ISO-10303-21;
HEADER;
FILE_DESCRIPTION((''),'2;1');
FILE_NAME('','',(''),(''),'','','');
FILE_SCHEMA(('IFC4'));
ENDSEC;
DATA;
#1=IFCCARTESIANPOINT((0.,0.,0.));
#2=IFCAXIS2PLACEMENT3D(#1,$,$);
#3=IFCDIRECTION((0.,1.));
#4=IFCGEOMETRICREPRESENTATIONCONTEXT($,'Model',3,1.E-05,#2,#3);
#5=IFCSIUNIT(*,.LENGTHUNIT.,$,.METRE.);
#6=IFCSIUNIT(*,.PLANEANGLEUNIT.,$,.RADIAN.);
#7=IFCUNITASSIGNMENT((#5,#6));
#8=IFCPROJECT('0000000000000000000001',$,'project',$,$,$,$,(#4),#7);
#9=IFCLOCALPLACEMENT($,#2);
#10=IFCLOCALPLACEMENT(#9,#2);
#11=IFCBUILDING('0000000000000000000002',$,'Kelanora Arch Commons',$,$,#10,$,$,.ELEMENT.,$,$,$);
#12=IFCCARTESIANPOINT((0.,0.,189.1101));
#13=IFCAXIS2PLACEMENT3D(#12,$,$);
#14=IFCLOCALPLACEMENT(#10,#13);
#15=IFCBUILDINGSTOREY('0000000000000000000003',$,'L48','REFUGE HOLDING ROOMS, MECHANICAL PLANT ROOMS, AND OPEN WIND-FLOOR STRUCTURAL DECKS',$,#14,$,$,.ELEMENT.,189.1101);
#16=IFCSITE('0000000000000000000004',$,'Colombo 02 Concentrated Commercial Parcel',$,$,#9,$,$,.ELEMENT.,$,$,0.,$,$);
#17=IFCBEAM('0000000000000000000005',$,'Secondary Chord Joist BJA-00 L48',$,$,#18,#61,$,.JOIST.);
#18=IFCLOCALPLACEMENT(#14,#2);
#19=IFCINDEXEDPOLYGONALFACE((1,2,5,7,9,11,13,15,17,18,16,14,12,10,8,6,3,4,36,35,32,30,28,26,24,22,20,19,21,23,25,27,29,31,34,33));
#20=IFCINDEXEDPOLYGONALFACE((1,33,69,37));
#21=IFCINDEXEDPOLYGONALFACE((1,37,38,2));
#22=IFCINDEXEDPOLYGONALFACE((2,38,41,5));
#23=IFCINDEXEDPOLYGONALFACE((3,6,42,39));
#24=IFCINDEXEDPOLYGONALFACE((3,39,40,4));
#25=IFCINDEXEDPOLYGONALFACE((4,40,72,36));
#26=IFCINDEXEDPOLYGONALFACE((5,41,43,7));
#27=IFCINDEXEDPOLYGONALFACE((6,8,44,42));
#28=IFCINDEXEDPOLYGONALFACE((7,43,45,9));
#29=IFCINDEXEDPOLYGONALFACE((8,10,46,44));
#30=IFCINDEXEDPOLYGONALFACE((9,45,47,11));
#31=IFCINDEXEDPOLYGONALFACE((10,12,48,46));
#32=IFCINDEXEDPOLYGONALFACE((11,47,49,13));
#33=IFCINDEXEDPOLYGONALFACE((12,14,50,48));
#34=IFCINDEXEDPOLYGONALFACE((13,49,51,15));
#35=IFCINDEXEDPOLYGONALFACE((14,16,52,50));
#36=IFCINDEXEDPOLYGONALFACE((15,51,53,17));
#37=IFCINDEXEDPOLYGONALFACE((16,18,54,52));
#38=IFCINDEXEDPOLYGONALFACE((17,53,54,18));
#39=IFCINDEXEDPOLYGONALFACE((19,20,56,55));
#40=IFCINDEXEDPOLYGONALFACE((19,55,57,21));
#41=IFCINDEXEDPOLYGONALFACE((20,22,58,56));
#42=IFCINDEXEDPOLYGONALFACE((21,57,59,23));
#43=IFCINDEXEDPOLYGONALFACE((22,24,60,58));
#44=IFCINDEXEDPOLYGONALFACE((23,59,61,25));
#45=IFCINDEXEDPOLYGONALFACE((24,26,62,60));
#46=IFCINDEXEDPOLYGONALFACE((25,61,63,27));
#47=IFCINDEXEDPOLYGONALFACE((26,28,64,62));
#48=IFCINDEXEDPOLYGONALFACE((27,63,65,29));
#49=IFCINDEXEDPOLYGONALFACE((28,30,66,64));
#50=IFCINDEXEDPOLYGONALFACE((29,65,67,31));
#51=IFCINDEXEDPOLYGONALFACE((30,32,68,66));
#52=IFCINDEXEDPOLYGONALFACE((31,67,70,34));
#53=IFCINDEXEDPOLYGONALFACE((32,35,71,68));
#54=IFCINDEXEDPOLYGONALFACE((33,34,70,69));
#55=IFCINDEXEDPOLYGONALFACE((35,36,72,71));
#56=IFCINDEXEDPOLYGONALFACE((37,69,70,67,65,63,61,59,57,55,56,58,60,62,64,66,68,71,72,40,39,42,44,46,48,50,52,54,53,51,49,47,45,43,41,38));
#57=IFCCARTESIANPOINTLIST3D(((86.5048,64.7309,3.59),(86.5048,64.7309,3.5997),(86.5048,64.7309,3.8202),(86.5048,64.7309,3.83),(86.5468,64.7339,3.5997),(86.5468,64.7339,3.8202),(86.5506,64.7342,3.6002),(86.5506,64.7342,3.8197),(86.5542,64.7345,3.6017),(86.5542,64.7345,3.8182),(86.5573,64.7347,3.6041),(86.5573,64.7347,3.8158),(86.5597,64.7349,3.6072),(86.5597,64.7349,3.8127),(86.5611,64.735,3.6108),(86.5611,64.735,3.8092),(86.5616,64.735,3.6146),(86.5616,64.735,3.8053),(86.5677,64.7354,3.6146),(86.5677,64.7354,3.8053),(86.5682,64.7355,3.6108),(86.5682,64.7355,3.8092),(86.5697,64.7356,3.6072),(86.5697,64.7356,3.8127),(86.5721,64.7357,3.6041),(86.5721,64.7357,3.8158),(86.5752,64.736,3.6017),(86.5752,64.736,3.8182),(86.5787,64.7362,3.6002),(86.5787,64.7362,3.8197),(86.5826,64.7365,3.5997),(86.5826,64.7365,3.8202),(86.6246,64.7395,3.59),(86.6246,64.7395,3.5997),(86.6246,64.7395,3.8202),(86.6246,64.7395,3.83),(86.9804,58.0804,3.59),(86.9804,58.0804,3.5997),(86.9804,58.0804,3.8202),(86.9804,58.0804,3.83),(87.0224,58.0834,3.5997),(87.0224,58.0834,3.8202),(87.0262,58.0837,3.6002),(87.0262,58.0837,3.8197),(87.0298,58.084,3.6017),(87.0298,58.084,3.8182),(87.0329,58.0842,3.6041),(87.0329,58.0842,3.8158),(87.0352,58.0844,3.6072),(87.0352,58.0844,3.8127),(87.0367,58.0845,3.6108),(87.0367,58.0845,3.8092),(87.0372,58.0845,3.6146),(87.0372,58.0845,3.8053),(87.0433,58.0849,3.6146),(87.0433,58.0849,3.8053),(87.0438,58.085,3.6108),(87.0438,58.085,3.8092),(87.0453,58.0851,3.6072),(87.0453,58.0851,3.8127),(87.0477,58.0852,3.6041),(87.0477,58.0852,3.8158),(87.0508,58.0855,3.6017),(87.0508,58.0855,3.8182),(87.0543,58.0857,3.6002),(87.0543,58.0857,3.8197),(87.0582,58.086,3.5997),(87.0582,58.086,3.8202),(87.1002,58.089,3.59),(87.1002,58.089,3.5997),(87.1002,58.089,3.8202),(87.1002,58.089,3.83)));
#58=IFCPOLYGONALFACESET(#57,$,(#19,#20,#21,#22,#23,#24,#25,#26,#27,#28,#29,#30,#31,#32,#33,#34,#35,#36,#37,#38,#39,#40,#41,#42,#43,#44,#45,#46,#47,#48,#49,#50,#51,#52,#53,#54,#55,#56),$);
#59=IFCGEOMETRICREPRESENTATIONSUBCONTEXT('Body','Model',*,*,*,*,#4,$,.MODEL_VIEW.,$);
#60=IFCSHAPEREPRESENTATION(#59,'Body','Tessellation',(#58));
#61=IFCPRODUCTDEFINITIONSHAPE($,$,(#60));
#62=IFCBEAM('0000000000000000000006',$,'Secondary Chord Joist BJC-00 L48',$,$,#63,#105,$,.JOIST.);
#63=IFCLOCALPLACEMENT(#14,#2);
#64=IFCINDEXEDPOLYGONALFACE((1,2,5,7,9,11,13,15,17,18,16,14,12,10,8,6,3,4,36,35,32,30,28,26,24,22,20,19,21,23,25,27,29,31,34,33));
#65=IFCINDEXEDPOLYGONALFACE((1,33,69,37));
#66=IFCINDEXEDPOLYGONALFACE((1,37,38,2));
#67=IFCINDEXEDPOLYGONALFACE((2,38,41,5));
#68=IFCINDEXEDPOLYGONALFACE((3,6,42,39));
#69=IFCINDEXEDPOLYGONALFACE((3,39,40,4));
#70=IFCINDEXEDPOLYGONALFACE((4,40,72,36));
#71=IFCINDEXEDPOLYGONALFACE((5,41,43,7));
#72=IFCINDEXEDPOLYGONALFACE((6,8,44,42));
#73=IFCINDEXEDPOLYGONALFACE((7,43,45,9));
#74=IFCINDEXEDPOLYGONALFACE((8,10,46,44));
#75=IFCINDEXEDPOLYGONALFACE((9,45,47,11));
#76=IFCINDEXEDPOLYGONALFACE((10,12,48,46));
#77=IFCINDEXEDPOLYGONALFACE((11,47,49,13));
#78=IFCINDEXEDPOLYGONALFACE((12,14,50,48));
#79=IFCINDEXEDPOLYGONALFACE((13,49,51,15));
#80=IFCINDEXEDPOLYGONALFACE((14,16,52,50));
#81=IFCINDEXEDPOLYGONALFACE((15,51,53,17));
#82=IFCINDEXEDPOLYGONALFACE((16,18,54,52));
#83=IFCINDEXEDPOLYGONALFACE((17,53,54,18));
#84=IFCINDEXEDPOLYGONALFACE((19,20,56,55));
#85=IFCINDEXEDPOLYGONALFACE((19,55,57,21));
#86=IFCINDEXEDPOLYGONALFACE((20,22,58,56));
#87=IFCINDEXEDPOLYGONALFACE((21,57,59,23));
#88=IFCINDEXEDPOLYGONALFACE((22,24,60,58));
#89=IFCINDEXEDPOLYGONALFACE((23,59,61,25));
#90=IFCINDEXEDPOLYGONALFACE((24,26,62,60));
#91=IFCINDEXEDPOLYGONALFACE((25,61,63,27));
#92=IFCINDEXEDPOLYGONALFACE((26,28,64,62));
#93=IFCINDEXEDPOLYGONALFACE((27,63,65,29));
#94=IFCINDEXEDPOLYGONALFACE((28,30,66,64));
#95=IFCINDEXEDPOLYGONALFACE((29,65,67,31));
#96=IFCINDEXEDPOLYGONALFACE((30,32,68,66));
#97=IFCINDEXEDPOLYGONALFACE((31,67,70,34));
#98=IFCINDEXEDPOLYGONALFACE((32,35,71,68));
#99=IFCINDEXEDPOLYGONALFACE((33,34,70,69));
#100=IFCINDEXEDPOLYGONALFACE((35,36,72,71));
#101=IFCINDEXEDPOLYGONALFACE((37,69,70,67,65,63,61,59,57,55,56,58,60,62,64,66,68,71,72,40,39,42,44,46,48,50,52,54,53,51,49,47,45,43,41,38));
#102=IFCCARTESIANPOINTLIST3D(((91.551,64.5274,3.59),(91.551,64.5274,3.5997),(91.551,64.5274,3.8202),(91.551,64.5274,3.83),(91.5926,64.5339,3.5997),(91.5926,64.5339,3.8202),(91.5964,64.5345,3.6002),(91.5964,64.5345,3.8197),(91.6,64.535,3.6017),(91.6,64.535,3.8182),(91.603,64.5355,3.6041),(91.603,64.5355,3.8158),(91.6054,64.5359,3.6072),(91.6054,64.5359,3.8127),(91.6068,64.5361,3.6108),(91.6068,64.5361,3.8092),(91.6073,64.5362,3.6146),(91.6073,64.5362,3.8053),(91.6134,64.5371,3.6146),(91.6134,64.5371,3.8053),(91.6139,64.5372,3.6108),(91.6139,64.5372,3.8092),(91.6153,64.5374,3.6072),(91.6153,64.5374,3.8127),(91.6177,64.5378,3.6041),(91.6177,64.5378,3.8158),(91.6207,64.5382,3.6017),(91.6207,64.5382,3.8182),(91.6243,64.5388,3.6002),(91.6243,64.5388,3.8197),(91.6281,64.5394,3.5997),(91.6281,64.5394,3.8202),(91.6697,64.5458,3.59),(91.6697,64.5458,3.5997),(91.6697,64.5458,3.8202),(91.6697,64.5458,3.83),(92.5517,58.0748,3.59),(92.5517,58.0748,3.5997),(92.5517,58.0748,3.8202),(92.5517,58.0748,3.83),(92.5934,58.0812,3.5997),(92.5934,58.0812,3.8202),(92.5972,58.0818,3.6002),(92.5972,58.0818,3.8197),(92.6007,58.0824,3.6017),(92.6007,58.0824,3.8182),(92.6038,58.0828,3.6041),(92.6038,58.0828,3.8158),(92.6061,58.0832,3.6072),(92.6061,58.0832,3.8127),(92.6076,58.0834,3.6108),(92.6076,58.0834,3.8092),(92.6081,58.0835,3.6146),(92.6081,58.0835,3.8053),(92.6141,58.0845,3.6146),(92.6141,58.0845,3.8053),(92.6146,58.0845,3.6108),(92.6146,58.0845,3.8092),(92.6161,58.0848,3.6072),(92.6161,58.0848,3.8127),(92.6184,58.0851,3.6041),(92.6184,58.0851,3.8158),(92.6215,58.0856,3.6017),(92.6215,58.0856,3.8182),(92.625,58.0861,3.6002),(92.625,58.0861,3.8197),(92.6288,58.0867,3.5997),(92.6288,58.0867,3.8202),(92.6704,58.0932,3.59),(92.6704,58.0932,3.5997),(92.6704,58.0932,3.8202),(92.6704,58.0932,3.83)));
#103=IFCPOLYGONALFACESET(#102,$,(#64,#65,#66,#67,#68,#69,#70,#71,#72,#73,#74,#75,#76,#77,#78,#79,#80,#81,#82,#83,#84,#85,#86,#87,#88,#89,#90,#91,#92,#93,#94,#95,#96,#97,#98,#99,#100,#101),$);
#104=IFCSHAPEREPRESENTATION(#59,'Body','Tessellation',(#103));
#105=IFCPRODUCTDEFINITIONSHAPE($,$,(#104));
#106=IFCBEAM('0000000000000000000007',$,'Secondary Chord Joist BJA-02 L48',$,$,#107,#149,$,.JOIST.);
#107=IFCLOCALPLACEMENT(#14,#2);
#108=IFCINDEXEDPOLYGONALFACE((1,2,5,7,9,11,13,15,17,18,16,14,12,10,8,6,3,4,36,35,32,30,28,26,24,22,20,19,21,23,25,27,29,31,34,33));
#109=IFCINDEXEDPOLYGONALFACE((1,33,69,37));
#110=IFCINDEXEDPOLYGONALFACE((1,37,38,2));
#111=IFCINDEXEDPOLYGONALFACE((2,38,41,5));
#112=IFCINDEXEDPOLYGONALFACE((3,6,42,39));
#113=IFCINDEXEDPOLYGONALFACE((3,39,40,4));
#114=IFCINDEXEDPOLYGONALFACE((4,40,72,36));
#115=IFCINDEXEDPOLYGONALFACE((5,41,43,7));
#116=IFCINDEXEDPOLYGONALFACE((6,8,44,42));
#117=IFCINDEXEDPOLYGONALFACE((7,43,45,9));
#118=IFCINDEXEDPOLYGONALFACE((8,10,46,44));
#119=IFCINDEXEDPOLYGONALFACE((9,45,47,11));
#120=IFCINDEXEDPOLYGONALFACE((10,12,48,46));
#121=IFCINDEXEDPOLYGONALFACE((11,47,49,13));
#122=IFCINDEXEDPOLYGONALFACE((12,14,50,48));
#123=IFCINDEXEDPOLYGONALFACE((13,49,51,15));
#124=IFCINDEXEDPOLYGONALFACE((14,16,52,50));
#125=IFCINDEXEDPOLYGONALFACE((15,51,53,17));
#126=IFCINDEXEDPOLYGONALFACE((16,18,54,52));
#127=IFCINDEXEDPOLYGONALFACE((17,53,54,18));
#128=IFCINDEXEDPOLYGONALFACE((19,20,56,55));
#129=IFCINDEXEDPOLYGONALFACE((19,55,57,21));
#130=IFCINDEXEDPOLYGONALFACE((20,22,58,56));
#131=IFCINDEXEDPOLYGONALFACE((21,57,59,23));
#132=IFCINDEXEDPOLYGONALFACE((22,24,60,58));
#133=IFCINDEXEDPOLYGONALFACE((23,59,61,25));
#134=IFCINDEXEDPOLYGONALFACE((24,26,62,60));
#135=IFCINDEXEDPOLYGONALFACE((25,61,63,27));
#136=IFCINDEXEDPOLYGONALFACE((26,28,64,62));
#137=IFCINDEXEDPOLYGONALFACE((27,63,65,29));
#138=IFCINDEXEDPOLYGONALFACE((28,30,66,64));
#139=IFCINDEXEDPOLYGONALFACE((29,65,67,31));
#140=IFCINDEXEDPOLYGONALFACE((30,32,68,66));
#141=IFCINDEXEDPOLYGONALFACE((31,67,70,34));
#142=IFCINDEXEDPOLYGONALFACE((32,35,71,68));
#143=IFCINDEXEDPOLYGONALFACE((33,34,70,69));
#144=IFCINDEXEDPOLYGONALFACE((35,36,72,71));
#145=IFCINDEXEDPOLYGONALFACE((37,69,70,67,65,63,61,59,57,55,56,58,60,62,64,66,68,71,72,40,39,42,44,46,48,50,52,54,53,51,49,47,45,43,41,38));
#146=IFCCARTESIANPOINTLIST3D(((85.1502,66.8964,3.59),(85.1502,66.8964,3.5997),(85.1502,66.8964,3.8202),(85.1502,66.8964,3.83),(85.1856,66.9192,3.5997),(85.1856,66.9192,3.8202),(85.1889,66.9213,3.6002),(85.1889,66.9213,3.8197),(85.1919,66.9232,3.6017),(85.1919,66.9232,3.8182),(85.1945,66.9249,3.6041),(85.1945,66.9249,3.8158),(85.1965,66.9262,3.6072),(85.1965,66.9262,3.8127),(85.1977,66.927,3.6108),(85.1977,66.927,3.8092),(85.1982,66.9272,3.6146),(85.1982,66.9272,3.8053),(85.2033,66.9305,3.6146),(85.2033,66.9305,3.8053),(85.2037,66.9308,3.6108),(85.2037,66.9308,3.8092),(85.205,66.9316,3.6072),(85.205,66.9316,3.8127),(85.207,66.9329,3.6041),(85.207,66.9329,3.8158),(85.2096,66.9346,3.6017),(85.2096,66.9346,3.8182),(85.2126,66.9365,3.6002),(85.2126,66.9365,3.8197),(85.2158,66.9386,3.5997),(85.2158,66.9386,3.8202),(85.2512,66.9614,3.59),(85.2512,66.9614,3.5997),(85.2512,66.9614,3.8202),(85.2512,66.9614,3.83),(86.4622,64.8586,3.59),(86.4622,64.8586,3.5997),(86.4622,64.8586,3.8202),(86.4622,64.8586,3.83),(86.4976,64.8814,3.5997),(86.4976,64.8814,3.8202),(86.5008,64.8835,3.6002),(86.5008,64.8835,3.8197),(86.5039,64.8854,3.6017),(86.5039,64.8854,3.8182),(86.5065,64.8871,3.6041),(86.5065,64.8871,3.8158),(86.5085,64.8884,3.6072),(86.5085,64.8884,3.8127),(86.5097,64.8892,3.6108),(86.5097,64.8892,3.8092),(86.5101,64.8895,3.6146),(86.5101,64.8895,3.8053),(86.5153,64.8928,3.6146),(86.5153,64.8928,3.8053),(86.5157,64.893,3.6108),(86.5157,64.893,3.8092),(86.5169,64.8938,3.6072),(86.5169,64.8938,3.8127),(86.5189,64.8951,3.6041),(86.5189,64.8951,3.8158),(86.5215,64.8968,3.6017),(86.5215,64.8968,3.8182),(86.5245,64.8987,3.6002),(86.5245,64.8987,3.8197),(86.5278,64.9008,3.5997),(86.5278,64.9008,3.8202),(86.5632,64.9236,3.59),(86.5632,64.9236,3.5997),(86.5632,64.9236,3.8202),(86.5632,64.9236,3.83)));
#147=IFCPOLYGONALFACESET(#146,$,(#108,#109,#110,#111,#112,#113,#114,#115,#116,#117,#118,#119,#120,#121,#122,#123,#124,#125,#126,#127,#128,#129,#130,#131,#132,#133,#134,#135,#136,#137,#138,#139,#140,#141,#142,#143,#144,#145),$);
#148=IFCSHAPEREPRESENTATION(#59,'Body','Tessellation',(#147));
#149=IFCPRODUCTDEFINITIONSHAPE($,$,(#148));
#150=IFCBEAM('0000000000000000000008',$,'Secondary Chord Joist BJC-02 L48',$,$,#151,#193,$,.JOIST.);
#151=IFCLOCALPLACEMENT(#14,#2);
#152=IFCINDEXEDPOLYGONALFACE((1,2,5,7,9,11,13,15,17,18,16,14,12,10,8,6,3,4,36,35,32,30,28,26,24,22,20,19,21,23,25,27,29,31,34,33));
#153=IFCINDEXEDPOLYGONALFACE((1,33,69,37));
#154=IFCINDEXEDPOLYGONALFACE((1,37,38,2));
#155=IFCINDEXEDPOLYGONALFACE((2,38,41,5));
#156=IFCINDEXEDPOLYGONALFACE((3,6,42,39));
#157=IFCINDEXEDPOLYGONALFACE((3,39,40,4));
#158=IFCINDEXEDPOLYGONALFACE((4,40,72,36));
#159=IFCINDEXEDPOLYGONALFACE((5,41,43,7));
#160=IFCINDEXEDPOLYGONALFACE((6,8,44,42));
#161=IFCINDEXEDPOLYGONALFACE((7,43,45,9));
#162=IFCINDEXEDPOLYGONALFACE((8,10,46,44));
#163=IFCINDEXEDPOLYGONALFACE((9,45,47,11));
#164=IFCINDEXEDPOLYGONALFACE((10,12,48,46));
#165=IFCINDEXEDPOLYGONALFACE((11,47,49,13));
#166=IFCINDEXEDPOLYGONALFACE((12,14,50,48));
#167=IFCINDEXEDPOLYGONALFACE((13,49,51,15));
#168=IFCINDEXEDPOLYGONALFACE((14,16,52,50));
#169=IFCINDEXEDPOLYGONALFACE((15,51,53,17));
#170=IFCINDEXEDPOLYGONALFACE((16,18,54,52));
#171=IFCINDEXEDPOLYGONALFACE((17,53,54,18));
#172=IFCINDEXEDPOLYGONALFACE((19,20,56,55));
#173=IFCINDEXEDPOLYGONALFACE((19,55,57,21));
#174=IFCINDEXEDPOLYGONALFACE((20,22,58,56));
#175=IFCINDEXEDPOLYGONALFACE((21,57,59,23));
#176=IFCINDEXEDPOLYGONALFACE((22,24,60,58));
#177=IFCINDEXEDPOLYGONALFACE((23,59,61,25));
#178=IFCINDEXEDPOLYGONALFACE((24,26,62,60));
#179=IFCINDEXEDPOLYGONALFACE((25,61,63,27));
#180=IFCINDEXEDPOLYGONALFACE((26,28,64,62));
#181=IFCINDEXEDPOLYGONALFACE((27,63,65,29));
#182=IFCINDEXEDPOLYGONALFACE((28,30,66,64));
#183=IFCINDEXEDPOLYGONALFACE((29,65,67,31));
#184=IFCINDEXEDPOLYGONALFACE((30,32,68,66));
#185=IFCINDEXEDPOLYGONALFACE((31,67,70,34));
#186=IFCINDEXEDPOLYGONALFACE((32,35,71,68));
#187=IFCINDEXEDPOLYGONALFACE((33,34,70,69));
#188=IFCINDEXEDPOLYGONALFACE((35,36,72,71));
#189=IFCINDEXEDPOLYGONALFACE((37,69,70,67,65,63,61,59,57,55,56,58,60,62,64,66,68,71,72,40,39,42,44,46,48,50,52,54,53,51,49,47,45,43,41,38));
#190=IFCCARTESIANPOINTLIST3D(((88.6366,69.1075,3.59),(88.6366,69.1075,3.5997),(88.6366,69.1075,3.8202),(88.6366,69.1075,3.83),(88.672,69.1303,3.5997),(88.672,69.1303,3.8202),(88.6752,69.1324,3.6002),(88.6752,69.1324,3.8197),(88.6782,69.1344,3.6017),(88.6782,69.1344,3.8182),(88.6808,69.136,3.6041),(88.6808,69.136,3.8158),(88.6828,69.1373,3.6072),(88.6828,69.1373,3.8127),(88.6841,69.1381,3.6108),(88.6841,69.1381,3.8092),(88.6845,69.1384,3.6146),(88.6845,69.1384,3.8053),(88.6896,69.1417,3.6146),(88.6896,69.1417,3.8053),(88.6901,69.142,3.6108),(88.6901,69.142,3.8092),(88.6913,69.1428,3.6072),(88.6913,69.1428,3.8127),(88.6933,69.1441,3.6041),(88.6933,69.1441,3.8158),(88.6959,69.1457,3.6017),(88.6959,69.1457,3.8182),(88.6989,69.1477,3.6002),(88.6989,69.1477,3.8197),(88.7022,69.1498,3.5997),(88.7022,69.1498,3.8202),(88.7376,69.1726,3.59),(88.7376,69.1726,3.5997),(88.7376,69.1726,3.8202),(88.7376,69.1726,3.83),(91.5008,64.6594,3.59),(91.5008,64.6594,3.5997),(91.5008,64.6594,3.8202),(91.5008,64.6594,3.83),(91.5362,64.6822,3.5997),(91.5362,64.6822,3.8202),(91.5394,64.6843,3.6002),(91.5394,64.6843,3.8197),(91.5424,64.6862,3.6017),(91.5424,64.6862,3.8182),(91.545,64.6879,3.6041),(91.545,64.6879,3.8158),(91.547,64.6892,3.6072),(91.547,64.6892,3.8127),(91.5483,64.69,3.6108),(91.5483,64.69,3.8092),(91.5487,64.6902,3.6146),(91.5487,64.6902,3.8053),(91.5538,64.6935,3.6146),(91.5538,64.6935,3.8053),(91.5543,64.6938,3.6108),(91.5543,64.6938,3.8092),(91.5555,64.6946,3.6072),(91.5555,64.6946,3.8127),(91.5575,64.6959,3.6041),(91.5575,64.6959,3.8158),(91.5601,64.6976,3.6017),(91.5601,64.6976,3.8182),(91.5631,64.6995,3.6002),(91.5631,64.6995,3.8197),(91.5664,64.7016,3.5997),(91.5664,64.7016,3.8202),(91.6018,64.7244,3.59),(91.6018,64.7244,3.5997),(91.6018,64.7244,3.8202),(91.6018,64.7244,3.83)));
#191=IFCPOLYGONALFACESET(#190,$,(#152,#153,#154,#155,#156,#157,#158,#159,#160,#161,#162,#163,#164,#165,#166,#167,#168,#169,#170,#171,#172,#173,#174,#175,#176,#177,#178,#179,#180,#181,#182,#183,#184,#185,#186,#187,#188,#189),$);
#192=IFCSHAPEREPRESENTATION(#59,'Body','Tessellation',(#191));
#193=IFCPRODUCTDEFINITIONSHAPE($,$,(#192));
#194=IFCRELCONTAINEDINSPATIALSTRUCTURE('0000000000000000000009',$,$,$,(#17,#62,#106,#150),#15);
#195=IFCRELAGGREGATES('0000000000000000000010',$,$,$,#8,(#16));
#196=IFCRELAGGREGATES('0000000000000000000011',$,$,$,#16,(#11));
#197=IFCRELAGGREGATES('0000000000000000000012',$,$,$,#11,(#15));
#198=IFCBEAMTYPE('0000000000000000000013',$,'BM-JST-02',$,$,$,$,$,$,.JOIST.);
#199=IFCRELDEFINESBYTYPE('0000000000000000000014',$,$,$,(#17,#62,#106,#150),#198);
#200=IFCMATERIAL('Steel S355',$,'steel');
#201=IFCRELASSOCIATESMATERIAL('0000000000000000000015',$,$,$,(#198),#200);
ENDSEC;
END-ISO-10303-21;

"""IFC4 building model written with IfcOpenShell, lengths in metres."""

from ifc_helpers import new_model, si_unit, direction, frame, origin, origin_2d, place, context, subcontext, project, spatial, i_section, extrude, material, material_profile, profile_set, type_object, element, save


model = new_model("IFC4")

# Units and contexts
model_context = context("Model", 3, precision=1e-05, world=origin(), true_north=direction((0.0, 1.0)))
body_context = subcontext(model_context, "Body", "Model", "MODEL_VIEW")
ifc_project = project(units=[si_unit("LENGTHUNIT", "METRE"), si_unit("PLANEANGLEUNIT", "RADIAN")], contexts=[model_context])

# Site, building, storey
site_placement = place(None, origin())
site = spatial("IfcSite", under=ifc_project, at=site_placement, Name="Colombo 02 Concentrated Commercial Parcel", CompositionType="ELEMENT", RefElevation=0.0)
building_placement = place(site_placement, origin())
building = spatial("IfcBuilding", under=site, at=building_placement, Name="Kelanora Arch Commons", CompositionType="ELEMENT")
storey_placement = place(building_placement, frame((0.0, 0.0, 189.1101)))
storey = spatial("IfcBuildingStorey", under=building, at=storey_placement, Name="L48", Description="REFUGE HOLDING ROOMS, MECHANICAL PLANT ROOMS, AND OPEN WIND-FLOOR STRUCTURAL DECKS", CompositionType="ELEMENT", Elevation=189.1101)

# Beams
ifc_material_1 = material(Name="Steel S355", Category="steel")
ifc_material_profile_1 = material_profile(ifc_material_1, i_section(OverallWidth=0.1201, OverallDepth=0.24, WebThickness=0.0061, FlangeThickness=0.0098, FilletRadius=0.0149, at=origin_2d()), Name="IPE240")
ifc_profile_set_1 = profile_set([ifc_material_profile_1], Name="Steel S355")
beam_type_1 = type_object("IfcBeamType", Name="BM-JST-02", PredefinedType="JOIST", material=ifc_profile_set_1)
beam_1_placement = place(storey_placement, frame((87.0403, 58.0847, 3.71), z_axis=(-0.07133, 0.997453, 0.0), x_axis=(-0.997453, -0.07133, 0.0)))
element("IfcBeam", 1, at=beam_1_placement, inside=storey, type_object=beam_type_1, Name="Secondary Chord Joist BJA-00 L48", PredefinedType="JOIST", context=body_context, shape_type="SweptSolid", body=[
    extrude(i_section(OverallWidth=0.1201, OverallDepth=0.24, WebThickness=0.0061, FlangeThickness=0.0098, FilletRadius=0.0149, at=origin_2d()), origin(), (0.0, 0.0, 1.0), 6.6675),
])
beam_2_placement = place(storey_placement, frame((92.6111, 58.084, 3.71), z_axis=(-0.153257, 0.988186, 0.0), x_axis=(-0.988186, -0.153257, 0.0)))
element("IfcBeam", 2, at=beam_2_placement, inside=storey, type_object=beam_type_1, Name="Secondary Chord Joist BJC-00 L48", PredefinedType="JOIST", context=body_context, shape_type="SweptSolid", body=[
    extrude(i_section(OverallWidth=0.1201, OverallDepth=0.24, WebThickness=0.0061, FlangeThickness=0.0098, FilletRadius=0.0149, at=origin_2d()), origin(), (0.0, 0.0, 1.0), 6.5298),
])
beam_3_placement = place(storey_placement, frame((86.5127, 64.8911, 3.71), z_axis=(-0.541333, 0.840808, 0.0), x_axis=(-0.840808, -0.541333, 0.0)))
element("IfcBeam", 3, at=beam_3_placement, inside=storey, type_object=beam_type_1, Name="Secondary Chord Joist BJA-02 L48", PredefinedType="JOIST", context=body_context, shape_type="SweptSolid", body=[
    extrude(i_section(OverallWidth=0.1201, OverallDepth=0.24, WebThickness=0.0061, FlangeThickness=0.0098, FilletRadius=0.0149, at=origin_2d()), origin(), (0.0, 0.0, 1.0), 2.4236),
])
beam_4_placement = place(storey_placement, frame((91.5513, 64.6919, 3.71), z_axis=(-0.541382, 0.840776, 0.0), x_axis=(-0.840776, -0.541382, 0.0)))
element("IfcBeam", 4, at=beam_4_placement, inside=storey, type_object=beam_type_1, Name="Secondary Chord Joist BJC-02 L48", PredefinedType="JOIST", context=body_context, shape_type="SweptSolid", body=[
    extrude(i_section(OverallWidth=0.1201, OverallDepth=0.24, WebThickness=0.0061, FlangeThickness=0.0098, FilletRadius=0.0149, at=origin_2d()), origin(), (0.0, 0.0, 1.0), 5.2905),
])

save(model, "model.ifc")
